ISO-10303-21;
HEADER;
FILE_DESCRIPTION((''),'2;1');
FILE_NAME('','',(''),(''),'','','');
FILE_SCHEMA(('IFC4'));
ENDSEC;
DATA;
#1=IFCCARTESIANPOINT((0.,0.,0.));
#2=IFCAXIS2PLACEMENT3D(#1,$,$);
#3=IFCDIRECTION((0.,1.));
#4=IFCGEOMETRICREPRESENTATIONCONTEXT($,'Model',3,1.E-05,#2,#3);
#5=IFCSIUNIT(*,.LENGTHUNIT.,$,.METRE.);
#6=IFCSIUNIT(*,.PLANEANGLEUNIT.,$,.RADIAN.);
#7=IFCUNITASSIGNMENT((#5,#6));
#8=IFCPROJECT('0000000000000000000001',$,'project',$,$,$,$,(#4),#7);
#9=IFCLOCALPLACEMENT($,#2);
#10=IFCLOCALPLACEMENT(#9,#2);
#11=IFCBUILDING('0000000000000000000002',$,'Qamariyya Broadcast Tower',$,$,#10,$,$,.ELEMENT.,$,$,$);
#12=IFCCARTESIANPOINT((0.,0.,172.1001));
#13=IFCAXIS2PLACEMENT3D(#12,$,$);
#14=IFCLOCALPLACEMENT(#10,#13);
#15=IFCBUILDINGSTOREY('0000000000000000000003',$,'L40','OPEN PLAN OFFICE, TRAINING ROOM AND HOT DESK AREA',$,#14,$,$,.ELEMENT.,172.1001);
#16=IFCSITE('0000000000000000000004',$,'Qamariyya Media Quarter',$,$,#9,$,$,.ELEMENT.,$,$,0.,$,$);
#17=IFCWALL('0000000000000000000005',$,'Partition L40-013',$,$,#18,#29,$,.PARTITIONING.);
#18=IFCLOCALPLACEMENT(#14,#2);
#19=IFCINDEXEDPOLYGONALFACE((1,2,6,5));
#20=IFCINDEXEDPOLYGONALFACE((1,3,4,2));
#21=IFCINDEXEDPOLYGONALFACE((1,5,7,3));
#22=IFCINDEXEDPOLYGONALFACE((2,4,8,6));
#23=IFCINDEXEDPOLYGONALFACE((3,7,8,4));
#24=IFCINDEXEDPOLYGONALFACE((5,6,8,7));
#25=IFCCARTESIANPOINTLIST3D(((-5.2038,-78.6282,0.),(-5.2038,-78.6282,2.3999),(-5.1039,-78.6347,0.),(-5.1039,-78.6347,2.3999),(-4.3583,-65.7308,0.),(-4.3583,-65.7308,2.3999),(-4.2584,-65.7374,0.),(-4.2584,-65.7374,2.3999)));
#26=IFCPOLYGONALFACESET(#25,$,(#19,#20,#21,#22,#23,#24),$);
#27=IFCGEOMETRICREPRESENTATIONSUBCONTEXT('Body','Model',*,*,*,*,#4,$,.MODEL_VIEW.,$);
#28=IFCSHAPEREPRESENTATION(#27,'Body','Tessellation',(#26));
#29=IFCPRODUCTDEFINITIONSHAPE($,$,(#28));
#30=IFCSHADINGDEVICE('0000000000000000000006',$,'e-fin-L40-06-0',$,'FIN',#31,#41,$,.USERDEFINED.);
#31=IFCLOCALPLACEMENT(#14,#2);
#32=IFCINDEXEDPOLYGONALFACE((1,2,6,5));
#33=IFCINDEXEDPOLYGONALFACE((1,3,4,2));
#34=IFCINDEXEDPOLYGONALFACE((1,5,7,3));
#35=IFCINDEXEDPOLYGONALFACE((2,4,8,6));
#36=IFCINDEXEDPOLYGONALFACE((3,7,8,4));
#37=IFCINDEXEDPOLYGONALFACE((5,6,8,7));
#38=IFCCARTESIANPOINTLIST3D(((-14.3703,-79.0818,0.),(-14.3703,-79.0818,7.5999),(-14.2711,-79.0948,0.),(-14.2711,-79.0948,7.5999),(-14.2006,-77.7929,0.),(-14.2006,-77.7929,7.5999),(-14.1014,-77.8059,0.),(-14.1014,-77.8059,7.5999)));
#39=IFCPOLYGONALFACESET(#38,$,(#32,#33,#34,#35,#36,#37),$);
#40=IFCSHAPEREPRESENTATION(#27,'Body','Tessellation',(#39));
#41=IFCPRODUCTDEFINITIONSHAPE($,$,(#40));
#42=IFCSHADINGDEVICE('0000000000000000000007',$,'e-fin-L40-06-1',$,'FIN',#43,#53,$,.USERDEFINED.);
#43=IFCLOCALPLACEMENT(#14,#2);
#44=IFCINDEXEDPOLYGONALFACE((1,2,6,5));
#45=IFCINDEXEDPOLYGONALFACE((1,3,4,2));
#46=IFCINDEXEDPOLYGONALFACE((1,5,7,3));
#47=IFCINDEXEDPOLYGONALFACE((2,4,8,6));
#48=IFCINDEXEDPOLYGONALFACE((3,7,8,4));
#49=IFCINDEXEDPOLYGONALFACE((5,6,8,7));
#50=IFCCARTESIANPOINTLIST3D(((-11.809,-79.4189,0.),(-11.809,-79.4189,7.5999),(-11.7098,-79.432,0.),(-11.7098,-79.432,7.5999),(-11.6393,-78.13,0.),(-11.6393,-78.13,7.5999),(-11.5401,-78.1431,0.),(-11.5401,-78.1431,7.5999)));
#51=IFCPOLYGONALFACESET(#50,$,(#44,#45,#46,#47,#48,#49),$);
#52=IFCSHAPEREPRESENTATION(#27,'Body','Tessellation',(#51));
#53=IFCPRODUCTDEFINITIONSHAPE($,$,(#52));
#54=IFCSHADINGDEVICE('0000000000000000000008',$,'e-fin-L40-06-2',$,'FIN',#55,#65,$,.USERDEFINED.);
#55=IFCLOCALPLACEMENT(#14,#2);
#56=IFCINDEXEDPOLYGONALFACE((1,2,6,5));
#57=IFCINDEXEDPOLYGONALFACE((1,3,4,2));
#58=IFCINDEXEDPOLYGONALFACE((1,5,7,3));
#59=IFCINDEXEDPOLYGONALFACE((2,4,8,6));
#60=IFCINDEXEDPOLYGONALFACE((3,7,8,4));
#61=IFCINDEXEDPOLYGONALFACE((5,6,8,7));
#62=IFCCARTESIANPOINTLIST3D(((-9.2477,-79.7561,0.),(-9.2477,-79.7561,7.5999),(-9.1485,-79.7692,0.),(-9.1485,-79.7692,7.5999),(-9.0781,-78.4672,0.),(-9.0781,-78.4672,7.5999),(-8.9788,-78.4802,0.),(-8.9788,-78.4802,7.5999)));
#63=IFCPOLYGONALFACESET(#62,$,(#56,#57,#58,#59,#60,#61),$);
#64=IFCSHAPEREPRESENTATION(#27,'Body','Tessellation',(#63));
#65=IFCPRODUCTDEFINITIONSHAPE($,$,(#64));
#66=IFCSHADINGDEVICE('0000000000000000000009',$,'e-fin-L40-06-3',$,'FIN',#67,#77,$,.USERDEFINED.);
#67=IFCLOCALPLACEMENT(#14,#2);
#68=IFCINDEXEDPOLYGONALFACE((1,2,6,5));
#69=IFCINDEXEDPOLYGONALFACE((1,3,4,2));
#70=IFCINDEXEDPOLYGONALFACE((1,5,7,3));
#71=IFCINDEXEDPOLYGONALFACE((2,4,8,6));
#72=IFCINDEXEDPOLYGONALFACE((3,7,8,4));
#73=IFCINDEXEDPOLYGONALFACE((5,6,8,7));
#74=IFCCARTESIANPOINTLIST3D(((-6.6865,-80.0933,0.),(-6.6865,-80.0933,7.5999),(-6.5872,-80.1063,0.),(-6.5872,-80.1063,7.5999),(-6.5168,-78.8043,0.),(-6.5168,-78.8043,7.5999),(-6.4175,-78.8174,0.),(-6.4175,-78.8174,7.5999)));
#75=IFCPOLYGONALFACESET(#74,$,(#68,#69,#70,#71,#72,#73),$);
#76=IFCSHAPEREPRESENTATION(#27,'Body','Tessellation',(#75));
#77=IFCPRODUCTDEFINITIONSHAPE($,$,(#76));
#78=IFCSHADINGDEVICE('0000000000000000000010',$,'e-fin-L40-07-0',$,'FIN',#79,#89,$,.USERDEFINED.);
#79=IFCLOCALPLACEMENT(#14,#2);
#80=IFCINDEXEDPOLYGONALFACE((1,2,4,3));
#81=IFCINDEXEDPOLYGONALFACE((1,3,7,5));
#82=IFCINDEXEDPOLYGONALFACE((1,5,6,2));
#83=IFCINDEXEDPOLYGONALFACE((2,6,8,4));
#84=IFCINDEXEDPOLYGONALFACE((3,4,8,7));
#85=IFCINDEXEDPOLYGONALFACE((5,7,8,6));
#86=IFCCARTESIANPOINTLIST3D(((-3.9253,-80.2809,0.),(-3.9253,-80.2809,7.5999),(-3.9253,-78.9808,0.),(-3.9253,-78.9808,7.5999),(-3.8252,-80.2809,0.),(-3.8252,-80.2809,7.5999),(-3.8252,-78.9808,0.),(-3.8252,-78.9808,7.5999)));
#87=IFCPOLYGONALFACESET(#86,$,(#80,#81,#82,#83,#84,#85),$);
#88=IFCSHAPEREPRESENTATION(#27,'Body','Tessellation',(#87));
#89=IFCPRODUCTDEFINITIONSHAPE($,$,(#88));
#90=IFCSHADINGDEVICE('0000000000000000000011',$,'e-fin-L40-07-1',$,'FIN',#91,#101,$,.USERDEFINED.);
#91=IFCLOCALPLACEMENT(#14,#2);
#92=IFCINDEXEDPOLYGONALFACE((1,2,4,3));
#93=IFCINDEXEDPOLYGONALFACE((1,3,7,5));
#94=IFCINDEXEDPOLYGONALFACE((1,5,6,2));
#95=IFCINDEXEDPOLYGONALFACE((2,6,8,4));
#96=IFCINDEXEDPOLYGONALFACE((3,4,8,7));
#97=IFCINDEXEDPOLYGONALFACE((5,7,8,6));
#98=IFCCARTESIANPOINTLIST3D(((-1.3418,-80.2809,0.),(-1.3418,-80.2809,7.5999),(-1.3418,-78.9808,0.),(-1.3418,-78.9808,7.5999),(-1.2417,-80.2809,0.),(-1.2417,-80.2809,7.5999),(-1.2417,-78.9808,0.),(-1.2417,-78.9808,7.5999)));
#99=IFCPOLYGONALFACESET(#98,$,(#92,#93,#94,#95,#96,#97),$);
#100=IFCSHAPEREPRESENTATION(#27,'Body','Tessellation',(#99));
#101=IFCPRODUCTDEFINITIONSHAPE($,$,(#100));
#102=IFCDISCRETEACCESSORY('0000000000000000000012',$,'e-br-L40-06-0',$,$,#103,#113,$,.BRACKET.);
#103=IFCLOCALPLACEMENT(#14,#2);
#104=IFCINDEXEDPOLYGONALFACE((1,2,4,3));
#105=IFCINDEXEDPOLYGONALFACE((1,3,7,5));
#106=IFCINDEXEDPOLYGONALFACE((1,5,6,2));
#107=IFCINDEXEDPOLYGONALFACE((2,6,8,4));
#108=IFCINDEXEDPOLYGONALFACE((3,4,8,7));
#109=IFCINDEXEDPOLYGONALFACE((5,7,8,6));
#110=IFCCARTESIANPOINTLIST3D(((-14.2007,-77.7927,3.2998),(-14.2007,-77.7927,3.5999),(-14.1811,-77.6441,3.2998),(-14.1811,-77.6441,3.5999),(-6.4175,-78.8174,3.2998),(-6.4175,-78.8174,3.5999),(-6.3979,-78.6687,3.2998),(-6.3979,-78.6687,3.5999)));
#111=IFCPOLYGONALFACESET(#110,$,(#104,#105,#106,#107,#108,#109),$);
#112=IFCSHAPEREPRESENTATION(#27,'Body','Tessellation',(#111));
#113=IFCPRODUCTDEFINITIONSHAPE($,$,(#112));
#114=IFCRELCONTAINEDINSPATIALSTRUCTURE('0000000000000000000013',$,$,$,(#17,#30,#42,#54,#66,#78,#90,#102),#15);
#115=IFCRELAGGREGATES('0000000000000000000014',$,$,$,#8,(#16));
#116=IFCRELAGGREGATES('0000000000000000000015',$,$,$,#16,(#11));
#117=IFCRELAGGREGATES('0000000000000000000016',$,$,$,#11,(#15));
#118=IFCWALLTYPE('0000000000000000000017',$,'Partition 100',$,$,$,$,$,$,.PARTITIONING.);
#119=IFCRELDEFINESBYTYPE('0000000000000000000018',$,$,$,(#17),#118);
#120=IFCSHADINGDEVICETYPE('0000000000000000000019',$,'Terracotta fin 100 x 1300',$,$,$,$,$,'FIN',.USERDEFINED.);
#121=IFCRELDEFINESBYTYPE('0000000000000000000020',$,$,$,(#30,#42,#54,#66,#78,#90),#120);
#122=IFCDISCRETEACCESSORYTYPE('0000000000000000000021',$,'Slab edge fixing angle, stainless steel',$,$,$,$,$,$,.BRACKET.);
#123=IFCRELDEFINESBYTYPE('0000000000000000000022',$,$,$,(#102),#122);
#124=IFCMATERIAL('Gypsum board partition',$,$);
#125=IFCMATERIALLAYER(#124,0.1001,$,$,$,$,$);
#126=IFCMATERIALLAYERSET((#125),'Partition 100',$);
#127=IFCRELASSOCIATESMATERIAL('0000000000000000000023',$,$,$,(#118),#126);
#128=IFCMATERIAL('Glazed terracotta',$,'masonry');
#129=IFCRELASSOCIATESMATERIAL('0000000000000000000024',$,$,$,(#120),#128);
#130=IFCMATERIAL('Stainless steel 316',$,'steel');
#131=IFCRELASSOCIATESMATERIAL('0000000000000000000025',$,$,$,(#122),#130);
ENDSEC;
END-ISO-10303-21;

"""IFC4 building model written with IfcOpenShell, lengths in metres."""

from ifc_helpers import new_model, si_unit, direction, frame, frame_2d, origin, origin_2d, place, context, subcontext, project, spatial, rectangle, extrude, material, layer, layer_set, material_profile, profile_set, type_object, element, save


model = new_model("IFC4")

# Units and contexts
model_context = context("Model", 3, precision=1e-05, world=origin(), true_north=direction((0.0, 1.0)))
body_context = subcontext(model_context, "Body", "Model", "MODEL_VIEW")
ifc_project = project(units=[si_unit("LENGTHUNIT", "METRE"), si_unit("PLANEANGLEUNIT", "RADIAN")], contexts=[model_context])

# Site, building, storey
site_placement = place(None, origin())
site = spatial("IfcSite", under=ifc_project, at=site_placement, Name="Qamariyya Media Quarter", CompositionType="ELEMENT", RefElevation=0.0)
building_placement = place(site_placement, origin())
building = spatial("IfcBuilding", under=site, at=building_placement, Name="Qamariyya Broadcast Tower", CompositionType="ELEMENT")
storey_placement = place(building_placement, frame((0.0, 0.0, 172.1001)))
storey = spatial("IfcBuildingStorey", under=building, at=storey_placement, Name="L40", Description="OPEN PLAN OFFICE, TRAINING ROOM AND HOT DESK AREA", CompositionType="ELEMENT", Elevation=172.1001)

# Shared definitions
ifc_material_1 = material(Name="Gypsum board partition")

# Wall
ifc_layer_1 = layer(ifc_material_1, 0.1001)
ifc_layer_set_1 = layer_set([ifc_layer_1], Name="Partition 100")
wall_type_1 = type_object("IfcWallType", Name="Partition 100", PredefinedType="PARTITIONING", material=ifc_layer_set_1)
wall_1_placement = place(storey_placement, frame((-5.1538, -78.6313, 0.0), z_axis=(0.0, 0.0, 1.0), x_axis=(0.065412, 0.997858, 0.0)))
element("IfcWall", 1, at=wall_1_placement, inside=storey, type_object=wall_type_1, Name="Partition L40-013", PredefinedType="PARTITIONING", context=body_context, shape_type="SweptSolid", body=[
    extrude(rectangle(XDim=12.925, YDim=0.1001, at=frame_2d((6.4624, 0.0))), origin(), (0.0, 0.0, 1.0), 2.3999),
])

# Shading devices
ifc_material_2 = material(Name="Glazed terracotta", Category="masonry")
ifc_material_profile_1 = material_profile(ifc_material_2, rectangle(XDim=1.3, YDim=0.1001, at=origin_2d()))
ifc_profile_set_1 = profile_set([ifc_material_profile_1], Name="Glazed terracotta")
shading_device_type_1 = type_object("IfcShadingDeviceType", Name="Terracotta fin 100 x 1300", ElementType="FIN", PredefinedType="USERDEFINED", material=ifc_profile_set_1)
for number, where, z_axis, x_axis, name in (
    (2, (-14.2358, -78.4438, 0.0), (0.0, 0.0, 1.0), (-0.130526, -0.991445, 0.0), "e-fin-L40-06-0"),
    (3, (-11.6746, -78.781, 0.0), (0.0, 0.0, 1.0), (-0.130526, -0.991445, 0.0), "e-fin-L40-06-1"),
    (4, (-9.1133, -79.1182, 0.0), (0.0, 0.0, 1.0), (-0.130526, -0.991445, 0.0), "e-fin-L40-06-2"),
    (5, (-6.552, -79.4553, 0.0), (0.0, 0.0, 1.0), (-0.130526, -0.991445, 0.0), "e-fin-L40-06-3"),
    (6, (-3.8752, -79.6309, 0.0), (0.0, 0.0, 1.0), (0.0, -1.0, 0.0), "e-fin-L40-07-0"),
    (7, (-1.2917, -79.6309, 0.0), (0.0, 0.0, 1.0), (0.0, -1.0, 0.0), "e-fin-L40-07-1"),
):
    element("IfcShadingDevice", number, at=place(storey_placement, frame(where, z_axis=z_axis, x_axis=x_axis)), inside=storey, type_object=shading_device_type_1, Name=name, ObjectType="FIN", PredefinedType="USERDEFINED", context=body_context, shape_type="SweptSolid", body=[
        extrude(rectangle(XDim=1.3, YDim=0.1001, at=origin_2d()), origin(), (0.0, 0.0, 1.0), 7.5999),
    ])

# Discrete accessory
ifc_material_3 = material(Name="Stainless steel 316", Category="steel")
discrete_accessory_type = type_object("IfcDiscreteAccessoryType", Name="Slab edge fixing angle, stainless steel", PredefinedType="BRACKET", material=ifc_material_3)
discrete_accessory_placement = place(storey_placement, frame((-10.2993, -78.2307, 3.2998), z_axis=(0.0, 0.0, 1.0), x_axis=(0.991445, -0.130526, 0.0)))
element("IfcDiscreteAccessory", 8, at=discrete_accessory_placement, inside=storey, type_object=discrete_accessory_type, Name="e-br-L40-06-0", PredefinedType="BRACKET", context=body_context, shape_type="SweptSolid", body=[
    extrude(rectangle(XDim=7.8503, YDim=0.1499, at=origin_2d()), origin(), (0.0, 0.0, 1.0), 0.3),
])

save(model, "model.ifc")
